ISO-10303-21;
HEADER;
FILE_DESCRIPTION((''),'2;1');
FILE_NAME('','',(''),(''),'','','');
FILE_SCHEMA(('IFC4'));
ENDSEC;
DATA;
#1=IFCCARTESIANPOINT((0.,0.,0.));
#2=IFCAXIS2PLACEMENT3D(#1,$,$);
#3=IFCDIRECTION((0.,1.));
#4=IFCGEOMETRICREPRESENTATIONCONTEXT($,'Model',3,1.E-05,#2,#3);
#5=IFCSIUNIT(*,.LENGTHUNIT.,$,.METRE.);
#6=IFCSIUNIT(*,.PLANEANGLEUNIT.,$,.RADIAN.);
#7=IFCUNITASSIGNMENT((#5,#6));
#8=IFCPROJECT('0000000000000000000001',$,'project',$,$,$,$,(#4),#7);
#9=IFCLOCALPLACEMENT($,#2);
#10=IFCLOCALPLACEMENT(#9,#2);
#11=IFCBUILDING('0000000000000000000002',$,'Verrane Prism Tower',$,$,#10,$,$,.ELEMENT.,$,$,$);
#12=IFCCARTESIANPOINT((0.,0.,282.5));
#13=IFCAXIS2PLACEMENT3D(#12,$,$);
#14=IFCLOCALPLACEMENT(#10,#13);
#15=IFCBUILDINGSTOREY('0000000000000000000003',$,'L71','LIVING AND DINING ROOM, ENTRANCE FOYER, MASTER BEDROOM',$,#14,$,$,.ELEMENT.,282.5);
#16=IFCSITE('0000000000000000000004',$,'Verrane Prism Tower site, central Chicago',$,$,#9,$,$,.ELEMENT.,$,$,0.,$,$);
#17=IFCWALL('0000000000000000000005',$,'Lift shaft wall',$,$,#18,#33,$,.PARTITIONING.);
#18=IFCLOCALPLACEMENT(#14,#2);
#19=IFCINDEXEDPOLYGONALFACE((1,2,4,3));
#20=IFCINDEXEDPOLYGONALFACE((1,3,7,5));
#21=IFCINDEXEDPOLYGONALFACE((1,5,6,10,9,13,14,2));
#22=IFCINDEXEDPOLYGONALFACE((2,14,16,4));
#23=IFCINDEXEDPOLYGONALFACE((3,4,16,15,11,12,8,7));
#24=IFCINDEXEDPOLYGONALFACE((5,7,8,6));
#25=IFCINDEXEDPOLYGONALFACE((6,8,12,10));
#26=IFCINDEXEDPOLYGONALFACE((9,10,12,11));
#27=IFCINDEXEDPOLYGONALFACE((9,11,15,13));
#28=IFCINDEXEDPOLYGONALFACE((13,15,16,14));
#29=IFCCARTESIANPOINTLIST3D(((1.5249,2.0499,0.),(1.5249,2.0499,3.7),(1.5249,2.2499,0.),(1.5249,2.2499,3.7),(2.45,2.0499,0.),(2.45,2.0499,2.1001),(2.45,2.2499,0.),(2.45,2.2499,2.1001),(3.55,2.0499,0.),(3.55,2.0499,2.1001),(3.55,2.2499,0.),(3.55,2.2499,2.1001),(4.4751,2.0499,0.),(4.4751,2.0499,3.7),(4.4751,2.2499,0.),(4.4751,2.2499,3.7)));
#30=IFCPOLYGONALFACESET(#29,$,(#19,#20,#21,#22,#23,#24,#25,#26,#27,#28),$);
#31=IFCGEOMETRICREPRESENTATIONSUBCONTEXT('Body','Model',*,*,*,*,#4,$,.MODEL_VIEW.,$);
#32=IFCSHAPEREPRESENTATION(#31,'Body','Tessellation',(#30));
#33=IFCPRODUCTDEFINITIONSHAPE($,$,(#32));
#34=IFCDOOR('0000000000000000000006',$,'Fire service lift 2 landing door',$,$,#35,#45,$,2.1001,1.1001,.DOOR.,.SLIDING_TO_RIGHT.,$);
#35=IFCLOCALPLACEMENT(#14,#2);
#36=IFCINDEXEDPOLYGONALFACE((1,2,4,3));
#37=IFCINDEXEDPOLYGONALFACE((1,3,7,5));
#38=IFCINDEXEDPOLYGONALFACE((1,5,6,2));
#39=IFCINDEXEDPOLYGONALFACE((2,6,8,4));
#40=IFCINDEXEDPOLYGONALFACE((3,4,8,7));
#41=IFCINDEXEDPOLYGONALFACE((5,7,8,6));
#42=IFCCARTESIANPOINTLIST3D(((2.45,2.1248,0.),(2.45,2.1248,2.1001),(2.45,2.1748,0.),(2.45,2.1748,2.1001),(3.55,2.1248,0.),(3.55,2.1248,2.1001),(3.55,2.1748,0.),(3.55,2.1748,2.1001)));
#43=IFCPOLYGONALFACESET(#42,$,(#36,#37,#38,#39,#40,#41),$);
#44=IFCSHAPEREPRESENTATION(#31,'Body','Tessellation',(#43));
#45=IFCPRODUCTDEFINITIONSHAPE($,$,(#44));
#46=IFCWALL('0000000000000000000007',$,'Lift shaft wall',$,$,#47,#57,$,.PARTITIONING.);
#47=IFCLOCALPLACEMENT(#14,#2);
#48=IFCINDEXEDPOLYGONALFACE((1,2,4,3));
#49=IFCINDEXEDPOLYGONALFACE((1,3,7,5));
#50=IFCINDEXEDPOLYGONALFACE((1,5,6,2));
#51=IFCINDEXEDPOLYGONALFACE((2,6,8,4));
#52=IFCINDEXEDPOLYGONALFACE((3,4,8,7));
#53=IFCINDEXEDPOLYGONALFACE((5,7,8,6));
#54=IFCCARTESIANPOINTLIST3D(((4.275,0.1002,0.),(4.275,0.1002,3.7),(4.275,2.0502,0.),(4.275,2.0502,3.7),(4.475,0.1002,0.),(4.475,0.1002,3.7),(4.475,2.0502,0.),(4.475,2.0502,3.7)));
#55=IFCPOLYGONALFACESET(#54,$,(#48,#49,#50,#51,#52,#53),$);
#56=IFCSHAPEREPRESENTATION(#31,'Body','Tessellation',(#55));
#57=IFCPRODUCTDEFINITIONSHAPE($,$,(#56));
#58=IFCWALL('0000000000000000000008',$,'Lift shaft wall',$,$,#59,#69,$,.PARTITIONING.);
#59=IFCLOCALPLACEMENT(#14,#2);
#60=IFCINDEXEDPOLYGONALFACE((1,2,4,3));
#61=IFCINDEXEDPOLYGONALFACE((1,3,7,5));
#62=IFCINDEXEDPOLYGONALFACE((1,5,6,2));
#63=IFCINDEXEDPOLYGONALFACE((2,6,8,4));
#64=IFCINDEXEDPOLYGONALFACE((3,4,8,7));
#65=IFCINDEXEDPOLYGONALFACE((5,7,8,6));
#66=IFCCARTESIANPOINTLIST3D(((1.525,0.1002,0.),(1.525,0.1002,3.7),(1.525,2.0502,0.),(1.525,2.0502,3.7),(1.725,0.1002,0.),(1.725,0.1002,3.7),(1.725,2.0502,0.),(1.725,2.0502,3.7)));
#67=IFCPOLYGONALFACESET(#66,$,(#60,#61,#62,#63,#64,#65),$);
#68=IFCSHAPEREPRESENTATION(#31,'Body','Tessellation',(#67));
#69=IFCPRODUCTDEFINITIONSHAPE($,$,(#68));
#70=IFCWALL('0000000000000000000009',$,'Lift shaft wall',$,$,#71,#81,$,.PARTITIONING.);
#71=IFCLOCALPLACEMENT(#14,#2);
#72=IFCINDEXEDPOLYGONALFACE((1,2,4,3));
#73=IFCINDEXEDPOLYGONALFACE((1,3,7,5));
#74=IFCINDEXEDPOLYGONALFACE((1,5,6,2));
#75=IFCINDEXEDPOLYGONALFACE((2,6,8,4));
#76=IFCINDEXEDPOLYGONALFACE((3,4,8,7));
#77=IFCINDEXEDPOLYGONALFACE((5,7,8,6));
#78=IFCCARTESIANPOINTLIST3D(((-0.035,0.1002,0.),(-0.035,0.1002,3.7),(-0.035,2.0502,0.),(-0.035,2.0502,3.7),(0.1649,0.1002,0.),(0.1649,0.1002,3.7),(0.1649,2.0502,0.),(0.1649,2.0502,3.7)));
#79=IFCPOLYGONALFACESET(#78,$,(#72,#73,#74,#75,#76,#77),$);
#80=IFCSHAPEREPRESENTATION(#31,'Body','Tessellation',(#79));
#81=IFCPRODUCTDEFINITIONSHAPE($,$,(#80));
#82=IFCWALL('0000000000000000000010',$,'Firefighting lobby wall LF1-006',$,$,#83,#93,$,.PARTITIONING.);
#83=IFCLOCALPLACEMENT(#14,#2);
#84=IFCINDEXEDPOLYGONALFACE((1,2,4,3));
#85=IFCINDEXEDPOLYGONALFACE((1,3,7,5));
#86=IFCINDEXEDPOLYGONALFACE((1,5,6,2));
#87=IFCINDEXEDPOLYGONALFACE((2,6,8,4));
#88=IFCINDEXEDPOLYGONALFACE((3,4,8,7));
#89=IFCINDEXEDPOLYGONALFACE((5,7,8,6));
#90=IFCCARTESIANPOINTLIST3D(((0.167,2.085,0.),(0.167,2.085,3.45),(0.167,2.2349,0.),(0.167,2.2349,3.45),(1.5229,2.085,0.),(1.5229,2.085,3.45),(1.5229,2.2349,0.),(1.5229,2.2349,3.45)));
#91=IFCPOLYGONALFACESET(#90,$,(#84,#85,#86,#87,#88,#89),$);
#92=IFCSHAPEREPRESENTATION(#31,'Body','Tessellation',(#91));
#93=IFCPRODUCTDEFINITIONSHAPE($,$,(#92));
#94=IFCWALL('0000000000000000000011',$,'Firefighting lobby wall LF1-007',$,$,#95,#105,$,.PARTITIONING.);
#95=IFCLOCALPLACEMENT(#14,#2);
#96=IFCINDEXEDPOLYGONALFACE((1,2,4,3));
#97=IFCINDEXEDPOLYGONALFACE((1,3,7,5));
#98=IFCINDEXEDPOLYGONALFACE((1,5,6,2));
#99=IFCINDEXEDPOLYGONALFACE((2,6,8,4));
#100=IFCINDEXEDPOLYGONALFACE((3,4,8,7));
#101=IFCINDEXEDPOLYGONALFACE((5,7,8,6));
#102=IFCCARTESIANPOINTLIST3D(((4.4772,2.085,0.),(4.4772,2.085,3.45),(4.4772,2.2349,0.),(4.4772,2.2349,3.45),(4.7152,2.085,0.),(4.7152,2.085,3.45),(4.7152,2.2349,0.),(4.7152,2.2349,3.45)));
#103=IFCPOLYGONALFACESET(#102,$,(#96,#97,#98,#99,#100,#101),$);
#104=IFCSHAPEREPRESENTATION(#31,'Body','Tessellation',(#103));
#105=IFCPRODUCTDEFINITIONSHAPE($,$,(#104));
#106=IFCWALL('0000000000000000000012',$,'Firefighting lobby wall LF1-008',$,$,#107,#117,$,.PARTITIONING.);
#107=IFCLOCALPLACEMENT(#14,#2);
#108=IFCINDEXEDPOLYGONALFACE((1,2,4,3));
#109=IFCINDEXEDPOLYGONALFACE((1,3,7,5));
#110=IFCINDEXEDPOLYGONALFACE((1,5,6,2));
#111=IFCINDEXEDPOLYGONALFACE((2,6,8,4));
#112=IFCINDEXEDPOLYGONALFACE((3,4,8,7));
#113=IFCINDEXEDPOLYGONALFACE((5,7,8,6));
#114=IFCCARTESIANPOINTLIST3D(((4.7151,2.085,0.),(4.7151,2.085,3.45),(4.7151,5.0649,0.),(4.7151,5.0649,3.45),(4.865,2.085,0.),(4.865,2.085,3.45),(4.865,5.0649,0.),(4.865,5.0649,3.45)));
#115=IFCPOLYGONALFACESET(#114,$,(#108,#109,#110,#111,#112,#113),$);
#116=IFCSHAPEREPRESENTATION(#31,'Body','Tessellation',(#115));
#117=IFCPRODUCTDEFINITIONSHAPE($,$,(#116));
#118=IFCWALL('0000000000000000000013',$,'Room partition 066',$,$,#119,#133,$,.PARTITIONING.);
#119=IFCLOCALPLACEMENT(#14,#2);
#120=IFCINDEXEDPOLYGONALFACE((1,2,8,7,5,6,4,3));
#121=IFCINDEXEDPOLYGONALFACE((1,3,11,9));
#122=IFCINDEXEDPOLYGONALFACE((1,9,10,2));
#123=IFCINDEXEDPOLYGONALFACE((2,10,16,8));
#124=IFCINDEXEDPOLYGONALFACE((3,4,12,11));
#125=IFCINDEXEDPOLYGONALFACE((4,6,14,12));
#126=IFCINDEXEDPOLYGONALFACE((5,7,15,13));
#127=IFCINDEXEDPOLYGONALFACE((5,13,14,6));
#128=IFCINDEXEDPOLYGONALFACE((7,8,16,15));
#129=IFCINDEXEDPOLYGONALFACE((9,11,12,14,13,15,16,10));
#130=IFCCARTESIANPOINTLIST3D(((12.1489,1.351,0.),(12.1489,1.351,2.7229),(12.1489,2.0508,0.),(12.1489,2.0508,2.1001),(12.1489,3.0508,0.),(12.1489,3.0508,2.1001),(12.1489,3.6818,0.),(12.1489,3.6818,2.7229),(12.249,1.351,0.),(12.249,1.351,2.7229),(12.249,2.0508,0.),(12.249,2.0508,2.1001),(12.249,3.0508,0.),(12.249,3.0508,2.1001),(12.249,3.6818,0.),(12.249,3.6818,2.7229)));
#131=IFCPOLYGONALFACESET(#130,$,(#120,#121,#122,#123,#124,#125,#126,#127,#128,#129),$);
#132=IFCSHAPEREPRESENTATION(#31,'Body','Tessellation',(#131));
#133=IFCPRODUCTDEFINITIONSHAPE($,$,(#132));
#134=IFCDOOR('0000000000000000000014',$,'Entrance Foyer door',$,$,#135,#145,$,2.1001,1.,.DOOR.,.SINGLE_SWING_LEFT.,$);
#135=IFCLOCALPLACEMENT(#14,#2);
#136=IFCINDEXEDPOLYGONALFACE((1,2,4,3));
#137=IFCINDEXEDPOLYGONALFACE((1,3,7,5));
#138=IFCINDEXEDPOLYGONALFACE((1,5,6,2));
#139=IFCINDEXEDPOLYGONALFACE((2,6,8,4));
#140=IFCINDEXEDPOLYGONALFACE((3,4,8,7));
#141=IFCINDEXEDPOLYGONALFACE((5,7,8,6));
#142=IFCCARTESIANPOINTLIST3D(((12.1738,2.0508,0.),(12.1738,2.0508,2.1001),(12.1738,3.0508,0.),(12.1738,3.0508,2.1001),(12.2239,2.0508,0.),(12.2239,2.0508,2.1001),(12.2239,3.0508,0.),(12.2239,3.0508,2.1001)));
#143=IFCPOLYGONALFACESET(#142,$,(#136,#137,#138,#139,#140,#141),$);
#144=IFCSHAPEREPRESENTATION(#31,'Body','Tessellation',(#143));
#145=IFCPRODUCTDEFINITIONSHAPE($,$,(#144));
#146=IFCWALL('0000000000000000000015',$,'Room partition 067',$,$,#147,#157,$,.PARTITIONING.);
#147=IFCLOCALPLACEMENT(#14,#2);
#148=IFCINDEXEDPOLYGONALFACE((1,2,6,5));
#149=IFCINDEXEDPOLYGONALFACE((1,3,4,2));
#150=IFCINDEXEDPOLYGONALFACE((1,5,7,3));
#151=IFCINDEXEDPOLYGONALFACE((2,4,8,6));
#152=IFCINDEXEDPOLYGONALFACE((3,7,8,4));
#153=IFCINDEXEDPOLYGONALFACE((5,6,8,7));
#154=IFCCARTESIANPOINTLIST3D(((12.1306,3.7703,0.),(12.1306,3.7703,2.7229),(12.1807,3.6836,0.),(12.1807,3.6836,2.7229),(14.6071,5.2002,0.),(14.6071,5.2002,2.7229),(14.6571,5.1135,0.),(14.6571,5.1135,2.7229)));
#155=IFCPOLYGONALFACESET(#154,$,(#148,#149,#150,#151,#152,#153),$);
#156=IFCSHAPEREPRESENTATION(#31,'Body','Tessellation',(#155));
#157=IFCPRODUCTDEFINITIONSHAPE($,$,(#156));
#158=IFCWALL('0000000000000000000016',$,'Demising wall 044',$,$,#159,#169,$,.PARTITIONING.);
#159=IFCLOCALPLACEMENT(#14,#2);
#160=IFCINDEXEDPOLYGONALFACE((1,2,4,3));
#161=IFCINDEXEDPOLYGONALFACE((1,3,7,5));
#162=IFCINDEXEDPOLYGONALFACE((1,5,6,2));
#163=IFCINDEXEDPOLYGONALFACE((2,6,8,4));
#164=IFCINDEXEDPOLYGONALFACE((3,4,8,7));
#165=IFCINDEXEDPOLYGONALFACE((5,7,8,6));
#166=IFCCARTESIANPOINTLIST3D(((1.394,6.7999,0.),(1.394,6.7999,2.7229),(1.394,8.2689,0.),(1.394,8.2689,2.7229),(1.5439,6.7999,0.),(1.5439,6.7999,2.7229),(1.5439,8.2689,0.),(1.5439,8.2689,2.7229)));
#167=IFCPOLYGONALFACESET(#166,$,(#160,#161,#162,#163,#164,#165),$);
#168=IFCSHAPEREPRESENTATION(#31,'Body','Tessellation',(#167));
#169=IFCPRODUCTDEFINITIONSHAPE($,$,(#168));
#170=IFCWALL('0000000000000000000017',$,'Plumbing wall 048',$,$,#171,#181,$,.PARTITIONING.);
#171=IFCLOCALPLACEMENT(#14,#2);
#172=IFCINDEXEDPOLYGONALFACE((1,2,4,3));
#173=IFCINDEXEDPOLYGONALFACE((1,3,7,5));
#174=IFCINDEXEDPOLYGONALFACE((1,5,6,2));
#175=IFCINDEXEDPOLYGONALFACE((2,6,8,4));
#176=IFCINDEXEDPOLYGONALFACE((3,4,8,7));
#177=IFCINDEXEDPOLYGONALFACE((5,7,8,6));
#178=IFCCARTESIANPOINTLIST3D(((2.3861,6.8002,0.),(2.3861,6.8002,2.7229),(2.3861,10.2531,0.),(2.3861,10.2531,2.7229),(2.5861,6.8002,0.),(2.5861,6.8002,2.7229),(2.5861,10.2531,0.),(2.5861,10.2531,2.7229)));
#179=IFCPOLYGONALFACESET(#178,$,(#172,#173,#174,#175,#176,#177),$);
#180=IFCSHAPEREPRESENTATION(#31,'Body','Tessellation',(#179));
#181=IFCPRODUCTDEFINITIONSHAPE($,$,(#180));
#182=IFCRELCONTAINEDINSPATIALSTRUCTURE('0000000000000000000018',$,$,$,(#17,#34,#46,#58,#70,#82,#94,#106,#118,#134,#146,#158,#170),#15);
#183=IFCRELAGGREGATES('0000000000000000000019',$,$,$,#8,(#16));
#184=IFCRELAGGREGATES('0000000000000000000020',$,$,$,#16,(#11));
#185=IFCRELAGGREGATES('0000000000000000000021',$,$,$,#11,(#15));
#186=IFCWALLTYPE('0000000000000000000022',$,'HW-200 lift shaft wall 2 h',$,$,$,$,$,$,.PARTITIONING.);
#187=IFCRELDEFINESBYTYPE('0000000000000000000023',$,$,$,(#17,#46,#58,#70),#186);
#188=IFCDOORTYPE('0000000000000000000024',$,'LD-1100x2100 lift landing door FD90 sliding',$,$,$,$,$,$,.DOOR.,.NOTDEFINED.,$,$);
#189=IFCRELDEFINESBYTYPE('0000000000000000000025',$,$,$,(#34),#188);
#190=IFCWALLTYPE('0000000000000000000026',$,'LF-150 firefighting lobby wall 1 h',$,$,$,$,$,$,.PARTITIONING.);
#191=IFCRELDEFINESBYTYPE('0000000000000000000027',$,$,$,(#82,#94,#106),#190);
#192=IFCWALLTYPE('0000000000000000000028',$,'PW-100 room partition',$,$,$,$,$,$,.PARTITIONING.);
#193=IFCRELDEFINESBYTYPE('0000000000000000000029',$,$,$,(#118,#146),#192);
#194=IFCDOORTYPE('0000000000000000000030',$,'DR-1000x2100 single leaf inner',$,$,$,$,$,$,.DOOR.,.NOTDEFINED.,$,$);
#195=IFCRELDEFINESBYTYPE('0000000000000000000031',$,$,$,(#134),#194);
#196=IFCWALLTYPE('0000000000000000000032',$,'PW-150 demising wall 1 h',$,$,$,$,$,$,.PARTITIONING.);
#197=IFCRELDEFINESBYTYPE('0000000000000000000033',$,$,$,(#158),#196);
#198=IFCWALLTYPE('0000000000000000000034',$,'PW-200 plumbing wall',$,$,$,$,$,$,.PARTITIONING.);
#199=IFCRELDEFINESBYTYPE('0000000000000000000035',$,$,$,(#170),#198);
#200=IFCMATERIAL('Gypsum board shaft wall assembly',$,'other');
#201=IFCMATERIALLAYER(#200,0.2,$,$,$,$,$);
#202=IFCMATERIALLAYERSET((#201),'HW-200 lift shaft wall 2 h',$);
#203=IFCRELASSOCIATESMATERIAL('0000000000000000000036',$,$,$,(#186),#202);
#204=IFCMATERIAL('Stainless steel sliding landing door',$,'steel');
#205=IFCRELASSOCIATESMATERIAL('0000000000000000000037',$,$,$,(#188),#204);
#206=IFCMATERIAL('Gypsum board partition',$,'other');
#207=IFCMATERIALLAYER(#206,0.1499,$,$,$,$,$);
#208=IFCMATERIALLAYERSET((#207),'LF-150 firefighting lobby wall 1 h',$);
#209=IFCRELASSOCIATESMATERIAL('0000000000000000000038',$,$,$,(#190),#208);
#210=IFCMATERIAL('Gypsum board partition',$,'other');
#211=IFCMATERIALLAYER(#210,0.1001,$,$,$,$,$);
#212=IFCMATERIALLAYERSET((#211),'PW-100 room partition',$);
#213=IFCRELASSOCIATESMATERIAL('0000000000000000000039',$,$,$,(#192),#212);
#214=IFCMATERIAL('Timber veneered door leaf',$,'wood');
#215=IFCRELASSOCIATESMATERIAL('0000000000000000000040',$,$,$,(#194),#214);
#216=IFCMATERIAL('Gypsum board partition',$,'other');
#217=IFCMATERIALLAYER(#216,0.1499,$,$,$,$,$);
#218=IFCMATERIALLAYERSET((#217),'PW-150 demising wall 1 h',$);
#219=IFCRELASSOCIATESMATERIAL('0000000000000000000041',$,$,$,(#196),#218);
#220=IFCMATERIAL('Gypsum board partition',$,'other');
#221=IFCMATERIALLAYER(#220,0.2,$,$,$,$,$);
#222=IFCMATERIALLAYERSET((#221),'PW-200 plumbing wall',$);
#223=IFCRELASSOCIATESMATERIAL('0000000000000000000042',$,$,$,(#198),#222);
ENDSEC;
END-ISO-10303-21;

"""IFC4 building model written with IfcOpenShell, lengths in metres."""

from ifc_helpers import new_model, si_unit, direction, frame, frame_2d, origin, place, context, subcontext, project, spatial, rectangle, extrude, material, layer, layer_set, type_object, element, fill, save


model = new_model("IFC4")

# Units and contexts
model_context = context("Model", 3, precision=1e-05, world=origin(), true_north=direction((0.0, 1.0)))
body_context = subcontext(model_context, "Body", "Model", "MODEL_VIEW")
ifc_project = project(units=[si_unit("LENGTHUNIT", "METRE"), si_unit("PLANEANGLEUNIT", "RADIAN")], contexts=[model_context])

# Site, building, storey
site_placement = place(None, origin())
site = spatial("IfcSite", under=ifc_project, at=site_placement, Name="Verrane Prism Tower site, central Chicago", CompositionType="ELEMENT", RefElevation=0.0)
building_placement = place(site_placement, origin())
building = spatial("IfcBuilding", under=site, at=building_placement, Name="Verrane Prism Tower", CompositionType="ELEMENT")
storey_placement = place(building_placement, frame((0.0, 0.0, 282.5)))
storey = spatial("IfcBuildingStorey", under=building, at=storey_placement, Name="L71", Description="LIVING AND DINING ROOM, ENTRANCE FOYER, MASTER BEDROOM", CompositionType="ELEMENT", Elevation=282.5)

# Shared definitions
ifc_material_1 = material(Name="Gypsum board shaft wall assembly", Category="other")
ifc_layer_1 = layer(ifc_material_1, 0.2)
ifc_layer_set_1 = layer_set([ifc_layer_1], Name="HW-200 lift shaft wall 2 h")
wall_type_1 = type_object("IfcWallType", Name="HW-200 lift shaft wall 2 h", PredefinedType="PARTITIONING", material=ifc_layer_set_1)

# Wall, opening, door
wall_1_placement = place(storey_placement, frame((1.5249, 2.1499, 0.0), z_axis=(0.0, 0.0, 1.0), x_axis=(1.0, 0.0, 0.0)))
wall_1 = element("IfcWall", 1, at=wall_1_placement, inside=storey, type_object=wall_type_1, Name="Lift shaft wall", PredefinedType="PARTITIONING", context=body_context, shape_type="SweptSolid", body=[
    extrude(rectangle(XDim=2.9502, YDim=0.2, at=frame_2d((1.4751, 0.0))), origin(), (0.0, 0.0, 1.0), 3.7),
])
opening_1_placement = place(wall_1_placement, frame((0.925, 0.0, 0.0)))
opening_1 = element("IfcOpeningElement", 2, at=opening_1_placement, cuts=wall_1, PredefinedType="OPENING", context=body_context, shape_type="SweptSolid", body=[
    extrude(rectangle(XDim=1.1001, YDim=2.1001, at=frame_2d((0.55, 1.05))), frame((0.0, 0.1099, 0.0), z_axis=(0.0, -1.0, 0.0), x_axis=(1.0, 0.0, 0.0)), (0.0, 0.0, 1.0), 0.22),
])
ifc_material_2 = material(Name="Stainless steel sliding landing door", Category="steel")
door_type_1 = type_object("IfcDoorType", Name="LD-1100x2100 lift landing door FD90 sliding", OperationType="NOTDEFINED", PredefinedType="DOOR", material=ifc_material_2)
door_1_placement = place(opening_1_placement, origin())
door_1 = element("IfcDoor", 3, at=door_1_placement, inside=storey, type_object=door_type_1, Name="Fire service lift 2 landing door", OperationType="SLIDING_TO_RIGHT", OverallHeight=2.1001, OverallWidth=1.1001, PredefinedType="DOOR", context=body_context, shape_type="SweptSolid", body=[
    extrude(rectangle(XDim=1.1001, YDim=2.1001, at=frame_2d((0.55, 1.05))), frame((0.0, 0.0249, 0.0), z_axis=(0.0, -1.0, 0.0), x_axis=(1.0, 0.0, 0.0)), (0.0, 0.0, 1.0), 0.05),
])
fill(opening_1, door_1)

# Walls
for number, where, z_axis, x_axis, name in (
    (4, (4.375, 0.1001, 0.0), (0.0, 0.0, 1.0), (0.0, 1.0, 0.0), "Lift shaft wall"),
    (5, (1.625, 0.1001, 0.0), (0.0, 0.0, 1.0), (0.0, 1.0, 0.0), "Lift shaft wall"),
    (6, (0.0649, 0.1001, 0.0), (0.0, 0.0, 1.0), (0.0, 1.0, 0.0), "Lift shaft wall"),
):
    element("IfcWall", number, at=place(storey_placement, frame(where, z_axis=z_axis, x_axis=x_axis)), inside=storey, type_object=wall_type_1, Name=name, PredefinedType="PARTITIONING", context=body_context, shape_type="SweptSolid", body=[
        extrude(rectangle(XDim=1.95, YDim=0.2, at=frame_2d((0.9751, 0.0))), origin(), (0.0, 0.0, 1.0), 3.7),
    ])
ifc_material_3 = material(Name="Gypsum board partition", Category="other")
ifc_layer_2 = layer(ifc_material_3, 0.1499)
ifc_layer_set_2 = layer_set([ifc_layer_2], Name="LF-150 firefighting lobby wall 1 h")
wall_type_2 = type_object("IfcWallType", Name="LF-150 firefighting lobby wall 1 h", PredefinedType="PARTITIONING", material=ifc_layer_set_2)
wall_2_placement = place(storey_placement, frame((0.167, 2.1599, 0.0), z_axis=(0.0, 0.0, 1.0), x_axis=(1.0, 0.0, 0.0)))
element("IfcWall", 7, at=wall_2_placement, inside=storey, type_object=wall_type_2, Name="Firefighting lobby wall LF1-006", PredefinedType="PARTITIONING", context=body_context, shape_type="SweptSolid", body=[
    extrude(rectangle(XDim=1.356, YDim=0.1499, at=frame_2d((0.678, 0.0))), origin(), (0.0, 0.0, 1.0), 3.45),
])
wall_3_placement = place(storey_placement, frame((4.4771, 2.1599, 0.0), z_axis=(0.0, 0.0, 1.0), x_axis=(1.0, 0.0, 0.0)))
element("IfcWall", 8, at=wall_3_placement, inside=storey, type_object=wall_type_2, Name="Firefighting lobby wall LF1-007", PredefinedType="PARTITIONING", context=body_context, shape_type="SweptSolid", body=[
    extrude(rectangle(XDim=0.238, YDim=0.1499, at=frame_2d((0.1191, 0.0))), origin(), (0.0, 0.0, 1.0), 3.45),
])
wall_4_placement = place(storey_placement, frame((4.79, 2.085, 0.0), z_axis=(0.0, 0.0, 1.0), x_axis=(0.0, 1.0, 0.0)))
element("IfcWall", 9, at=wall_4_placement, inside=storey, type_object=wall_type_2, Name="Firefighting lobby wall LF1-008", PredefinedType="PARTITIONING", context=body_context, shape_type="SweptSolid", body=[
    extrude(rectangle(XDim=2.98, YDim=0.1499, at=frame_2d((1.49, 0.0))), origin(), (0.0, 0.0, 1.0), 3.45),
])

# Wall, opening, door
ifc_material_4 = material(Name="Gypsum board partition", Category="other")
ifc_layer_3 = layer(ifc_material_4, 0.1001)
ifc_layer_set_3 = layer_set([ifc_layer_3], Name="PW-100 room partition")
wall_type_3 = type_object("IfcWallType", Name="PW-100 room partition", PredefinedType="PARTITIONING", material=ifc_layer_set_3)
wall_5_placement = place(storey_placement, frame((12.199, 3.6819, 0.0), z_axis=(0.0, 0.0, 1.0), x_axis=(0.0, -1.0, 0.0)))
wall_5 = element("IfcWall", 10, at=wall_5_placement, inside=storey, type_object=wall_type_3, Name="Room partition 066", PredefinedType="PARTITIONING", context=body_context, shape_type="SweptSolid", body=[
    extrude(rectangle(XDim=2.3308, YDim=0.1001, at=frame_2d((1.1655, 0.0))), origin(), (0.0, 0.0, 1.0), 2.7229),
])
opening_2_placement = place(wall_5_placement, frame((0.6311, 0.0, 0.0)))
opening_2 = element("IfcOpeningElement", 11, at=opening_2_placement, cuts=wall_5, PredefinedType="OPENING", context=body_context, shape_type="SweptSolid", body=[
    extrude(rectangle(XDim=1.0, YDim=2.1001, at=frame_2d((0.5, 1.05))), frame((0.0, 0.0601, 0.0), z_axis=(0.0, -1.0, 0.0), x_axis=(1.0, 0.0, 0.0)), (0.0, 0.0, 1.0), 0.1201),
])
ifc_material_5 = material(Name="Timber veneered door leaf", Category="wood")
door_type_2 = type_object("IfcDoorType", Name="DR-1000x2100 single leaf inner", OperationType="NOTDEFINED", PredefinedType="DOOR", material=ifc_material_5)
door_2_placement = place(opening_2_placement, origin())
door_2 = element("IfcDoor", 12, at=door_2_placement, inside=storey, type_object=door_type_2, Name="Entrance Foyer door", OperationType="SINGLE_SWING_LEFT", OverallHeight=2.1001, OverallWidth=1.0, PredefinedType="DOOR", context=body_context, shape_type="SweptSolid", body=[
    extrude(rectangle(XDim=1.0, YDim=2.1001, at=frame_2d((0.5, 1.05))), frame((0.0, 0.0249, 0.0), z_axis=(0.0, -1.0, 0.0), x_axis=(1.0, 0.0, 0.0)), (0.0, 0.0, 1.0), 0.05),
])
fill(opening_2, door_2)

# Walls
wall_6_placement = place(storey_placement, frame((12.1558, 3.7271, 0.0), z_axis=(0.0, 0.0, 1.0), x_axis=(0.866012, 0.500023, 0.0)))
element("IfcWall", 13, at=wall_6_placement, inside=storey, type_object=wall_type_3, Name="Room partition 067", PredefinedType="PARTITIONING", context=body_context, shape_type="SweptSolid", body=[
    extrude(rectangle(XDim=2.8596, YDim=0.1001, at=frame_2d((1.4297, 0.0))), origin(), (0.0, 0.0, 1.0), 2.7229),
])
ifc_material_6 = material(Name="Gypsum board partition", Category="other")
ifc_layer_4 = layer(ifc_material_6, 0.1499)
ifc_layer_set_4 = layer_set([ifc_layer_4], Name="PW-150 demising wall 1 h")
wall_type_4 = type_object("IfcWallType", Name="PW-150 demising wall 1 h", PredefinedType="PARTITIONING", material=ifc_layer_set_4)
wall_7_placement = place(storey_placement, frame((1.469, 6.8, 0.0), z_axis=(0.0, 0.0, 1.0), x_axis=(0.0, 1.0, 0.0)))
element("IfcWall", 14, at=wall_7_placement, inside=storey, type_object=wall_type_4, Name="Demising wall 044", PredefinedType="PARTITIONING", context=body_context, shape_type="SweptSolid", body=[
    extrude(rectangle(XDim=1.469, YDim=0.1499, at=frame_2d((0.7344, 0.0))), origin(), (0.0, 0.0, 1.0), 2.7229),
])
ifc_material_7 = material(Name="Gypsum board partition", Category="other")
ifc_layer_5 = layer(ifc_material_7, 0.2)
ifc_layer_set_5 = layer_set([ifc_layer_5], Name="PW-200 plumbing wall")
wall_type_5 = type_object("IfcWallType", Name="PW-200 plumbing wall", PredefinedType="PARTITIONING", material=ifc_layer_set_5)
wall_8_placement = place(storey_placement, frame((2.4861, 6.8, 0.0), z_axis=(0.0, 0.0, 1.0), x_axis=(0.0, 1.0, 0.0)))
element("IfcWall", 15, at=wall_8_placement, inside=storey, type_object=wall_type_5, Name="Plumbing wall 048", PredefinedType="PARTITIONING", context=body_context, shape_type="SweptSolid", body=[
    extrude(rectangle(XDim=3.4529, YDim=0.2, at=frame_2d((1.7266, 0.0))), origin(), (0.0, 0.0, 1.0), 2.7229),
])

save(model, "model.ifc")
